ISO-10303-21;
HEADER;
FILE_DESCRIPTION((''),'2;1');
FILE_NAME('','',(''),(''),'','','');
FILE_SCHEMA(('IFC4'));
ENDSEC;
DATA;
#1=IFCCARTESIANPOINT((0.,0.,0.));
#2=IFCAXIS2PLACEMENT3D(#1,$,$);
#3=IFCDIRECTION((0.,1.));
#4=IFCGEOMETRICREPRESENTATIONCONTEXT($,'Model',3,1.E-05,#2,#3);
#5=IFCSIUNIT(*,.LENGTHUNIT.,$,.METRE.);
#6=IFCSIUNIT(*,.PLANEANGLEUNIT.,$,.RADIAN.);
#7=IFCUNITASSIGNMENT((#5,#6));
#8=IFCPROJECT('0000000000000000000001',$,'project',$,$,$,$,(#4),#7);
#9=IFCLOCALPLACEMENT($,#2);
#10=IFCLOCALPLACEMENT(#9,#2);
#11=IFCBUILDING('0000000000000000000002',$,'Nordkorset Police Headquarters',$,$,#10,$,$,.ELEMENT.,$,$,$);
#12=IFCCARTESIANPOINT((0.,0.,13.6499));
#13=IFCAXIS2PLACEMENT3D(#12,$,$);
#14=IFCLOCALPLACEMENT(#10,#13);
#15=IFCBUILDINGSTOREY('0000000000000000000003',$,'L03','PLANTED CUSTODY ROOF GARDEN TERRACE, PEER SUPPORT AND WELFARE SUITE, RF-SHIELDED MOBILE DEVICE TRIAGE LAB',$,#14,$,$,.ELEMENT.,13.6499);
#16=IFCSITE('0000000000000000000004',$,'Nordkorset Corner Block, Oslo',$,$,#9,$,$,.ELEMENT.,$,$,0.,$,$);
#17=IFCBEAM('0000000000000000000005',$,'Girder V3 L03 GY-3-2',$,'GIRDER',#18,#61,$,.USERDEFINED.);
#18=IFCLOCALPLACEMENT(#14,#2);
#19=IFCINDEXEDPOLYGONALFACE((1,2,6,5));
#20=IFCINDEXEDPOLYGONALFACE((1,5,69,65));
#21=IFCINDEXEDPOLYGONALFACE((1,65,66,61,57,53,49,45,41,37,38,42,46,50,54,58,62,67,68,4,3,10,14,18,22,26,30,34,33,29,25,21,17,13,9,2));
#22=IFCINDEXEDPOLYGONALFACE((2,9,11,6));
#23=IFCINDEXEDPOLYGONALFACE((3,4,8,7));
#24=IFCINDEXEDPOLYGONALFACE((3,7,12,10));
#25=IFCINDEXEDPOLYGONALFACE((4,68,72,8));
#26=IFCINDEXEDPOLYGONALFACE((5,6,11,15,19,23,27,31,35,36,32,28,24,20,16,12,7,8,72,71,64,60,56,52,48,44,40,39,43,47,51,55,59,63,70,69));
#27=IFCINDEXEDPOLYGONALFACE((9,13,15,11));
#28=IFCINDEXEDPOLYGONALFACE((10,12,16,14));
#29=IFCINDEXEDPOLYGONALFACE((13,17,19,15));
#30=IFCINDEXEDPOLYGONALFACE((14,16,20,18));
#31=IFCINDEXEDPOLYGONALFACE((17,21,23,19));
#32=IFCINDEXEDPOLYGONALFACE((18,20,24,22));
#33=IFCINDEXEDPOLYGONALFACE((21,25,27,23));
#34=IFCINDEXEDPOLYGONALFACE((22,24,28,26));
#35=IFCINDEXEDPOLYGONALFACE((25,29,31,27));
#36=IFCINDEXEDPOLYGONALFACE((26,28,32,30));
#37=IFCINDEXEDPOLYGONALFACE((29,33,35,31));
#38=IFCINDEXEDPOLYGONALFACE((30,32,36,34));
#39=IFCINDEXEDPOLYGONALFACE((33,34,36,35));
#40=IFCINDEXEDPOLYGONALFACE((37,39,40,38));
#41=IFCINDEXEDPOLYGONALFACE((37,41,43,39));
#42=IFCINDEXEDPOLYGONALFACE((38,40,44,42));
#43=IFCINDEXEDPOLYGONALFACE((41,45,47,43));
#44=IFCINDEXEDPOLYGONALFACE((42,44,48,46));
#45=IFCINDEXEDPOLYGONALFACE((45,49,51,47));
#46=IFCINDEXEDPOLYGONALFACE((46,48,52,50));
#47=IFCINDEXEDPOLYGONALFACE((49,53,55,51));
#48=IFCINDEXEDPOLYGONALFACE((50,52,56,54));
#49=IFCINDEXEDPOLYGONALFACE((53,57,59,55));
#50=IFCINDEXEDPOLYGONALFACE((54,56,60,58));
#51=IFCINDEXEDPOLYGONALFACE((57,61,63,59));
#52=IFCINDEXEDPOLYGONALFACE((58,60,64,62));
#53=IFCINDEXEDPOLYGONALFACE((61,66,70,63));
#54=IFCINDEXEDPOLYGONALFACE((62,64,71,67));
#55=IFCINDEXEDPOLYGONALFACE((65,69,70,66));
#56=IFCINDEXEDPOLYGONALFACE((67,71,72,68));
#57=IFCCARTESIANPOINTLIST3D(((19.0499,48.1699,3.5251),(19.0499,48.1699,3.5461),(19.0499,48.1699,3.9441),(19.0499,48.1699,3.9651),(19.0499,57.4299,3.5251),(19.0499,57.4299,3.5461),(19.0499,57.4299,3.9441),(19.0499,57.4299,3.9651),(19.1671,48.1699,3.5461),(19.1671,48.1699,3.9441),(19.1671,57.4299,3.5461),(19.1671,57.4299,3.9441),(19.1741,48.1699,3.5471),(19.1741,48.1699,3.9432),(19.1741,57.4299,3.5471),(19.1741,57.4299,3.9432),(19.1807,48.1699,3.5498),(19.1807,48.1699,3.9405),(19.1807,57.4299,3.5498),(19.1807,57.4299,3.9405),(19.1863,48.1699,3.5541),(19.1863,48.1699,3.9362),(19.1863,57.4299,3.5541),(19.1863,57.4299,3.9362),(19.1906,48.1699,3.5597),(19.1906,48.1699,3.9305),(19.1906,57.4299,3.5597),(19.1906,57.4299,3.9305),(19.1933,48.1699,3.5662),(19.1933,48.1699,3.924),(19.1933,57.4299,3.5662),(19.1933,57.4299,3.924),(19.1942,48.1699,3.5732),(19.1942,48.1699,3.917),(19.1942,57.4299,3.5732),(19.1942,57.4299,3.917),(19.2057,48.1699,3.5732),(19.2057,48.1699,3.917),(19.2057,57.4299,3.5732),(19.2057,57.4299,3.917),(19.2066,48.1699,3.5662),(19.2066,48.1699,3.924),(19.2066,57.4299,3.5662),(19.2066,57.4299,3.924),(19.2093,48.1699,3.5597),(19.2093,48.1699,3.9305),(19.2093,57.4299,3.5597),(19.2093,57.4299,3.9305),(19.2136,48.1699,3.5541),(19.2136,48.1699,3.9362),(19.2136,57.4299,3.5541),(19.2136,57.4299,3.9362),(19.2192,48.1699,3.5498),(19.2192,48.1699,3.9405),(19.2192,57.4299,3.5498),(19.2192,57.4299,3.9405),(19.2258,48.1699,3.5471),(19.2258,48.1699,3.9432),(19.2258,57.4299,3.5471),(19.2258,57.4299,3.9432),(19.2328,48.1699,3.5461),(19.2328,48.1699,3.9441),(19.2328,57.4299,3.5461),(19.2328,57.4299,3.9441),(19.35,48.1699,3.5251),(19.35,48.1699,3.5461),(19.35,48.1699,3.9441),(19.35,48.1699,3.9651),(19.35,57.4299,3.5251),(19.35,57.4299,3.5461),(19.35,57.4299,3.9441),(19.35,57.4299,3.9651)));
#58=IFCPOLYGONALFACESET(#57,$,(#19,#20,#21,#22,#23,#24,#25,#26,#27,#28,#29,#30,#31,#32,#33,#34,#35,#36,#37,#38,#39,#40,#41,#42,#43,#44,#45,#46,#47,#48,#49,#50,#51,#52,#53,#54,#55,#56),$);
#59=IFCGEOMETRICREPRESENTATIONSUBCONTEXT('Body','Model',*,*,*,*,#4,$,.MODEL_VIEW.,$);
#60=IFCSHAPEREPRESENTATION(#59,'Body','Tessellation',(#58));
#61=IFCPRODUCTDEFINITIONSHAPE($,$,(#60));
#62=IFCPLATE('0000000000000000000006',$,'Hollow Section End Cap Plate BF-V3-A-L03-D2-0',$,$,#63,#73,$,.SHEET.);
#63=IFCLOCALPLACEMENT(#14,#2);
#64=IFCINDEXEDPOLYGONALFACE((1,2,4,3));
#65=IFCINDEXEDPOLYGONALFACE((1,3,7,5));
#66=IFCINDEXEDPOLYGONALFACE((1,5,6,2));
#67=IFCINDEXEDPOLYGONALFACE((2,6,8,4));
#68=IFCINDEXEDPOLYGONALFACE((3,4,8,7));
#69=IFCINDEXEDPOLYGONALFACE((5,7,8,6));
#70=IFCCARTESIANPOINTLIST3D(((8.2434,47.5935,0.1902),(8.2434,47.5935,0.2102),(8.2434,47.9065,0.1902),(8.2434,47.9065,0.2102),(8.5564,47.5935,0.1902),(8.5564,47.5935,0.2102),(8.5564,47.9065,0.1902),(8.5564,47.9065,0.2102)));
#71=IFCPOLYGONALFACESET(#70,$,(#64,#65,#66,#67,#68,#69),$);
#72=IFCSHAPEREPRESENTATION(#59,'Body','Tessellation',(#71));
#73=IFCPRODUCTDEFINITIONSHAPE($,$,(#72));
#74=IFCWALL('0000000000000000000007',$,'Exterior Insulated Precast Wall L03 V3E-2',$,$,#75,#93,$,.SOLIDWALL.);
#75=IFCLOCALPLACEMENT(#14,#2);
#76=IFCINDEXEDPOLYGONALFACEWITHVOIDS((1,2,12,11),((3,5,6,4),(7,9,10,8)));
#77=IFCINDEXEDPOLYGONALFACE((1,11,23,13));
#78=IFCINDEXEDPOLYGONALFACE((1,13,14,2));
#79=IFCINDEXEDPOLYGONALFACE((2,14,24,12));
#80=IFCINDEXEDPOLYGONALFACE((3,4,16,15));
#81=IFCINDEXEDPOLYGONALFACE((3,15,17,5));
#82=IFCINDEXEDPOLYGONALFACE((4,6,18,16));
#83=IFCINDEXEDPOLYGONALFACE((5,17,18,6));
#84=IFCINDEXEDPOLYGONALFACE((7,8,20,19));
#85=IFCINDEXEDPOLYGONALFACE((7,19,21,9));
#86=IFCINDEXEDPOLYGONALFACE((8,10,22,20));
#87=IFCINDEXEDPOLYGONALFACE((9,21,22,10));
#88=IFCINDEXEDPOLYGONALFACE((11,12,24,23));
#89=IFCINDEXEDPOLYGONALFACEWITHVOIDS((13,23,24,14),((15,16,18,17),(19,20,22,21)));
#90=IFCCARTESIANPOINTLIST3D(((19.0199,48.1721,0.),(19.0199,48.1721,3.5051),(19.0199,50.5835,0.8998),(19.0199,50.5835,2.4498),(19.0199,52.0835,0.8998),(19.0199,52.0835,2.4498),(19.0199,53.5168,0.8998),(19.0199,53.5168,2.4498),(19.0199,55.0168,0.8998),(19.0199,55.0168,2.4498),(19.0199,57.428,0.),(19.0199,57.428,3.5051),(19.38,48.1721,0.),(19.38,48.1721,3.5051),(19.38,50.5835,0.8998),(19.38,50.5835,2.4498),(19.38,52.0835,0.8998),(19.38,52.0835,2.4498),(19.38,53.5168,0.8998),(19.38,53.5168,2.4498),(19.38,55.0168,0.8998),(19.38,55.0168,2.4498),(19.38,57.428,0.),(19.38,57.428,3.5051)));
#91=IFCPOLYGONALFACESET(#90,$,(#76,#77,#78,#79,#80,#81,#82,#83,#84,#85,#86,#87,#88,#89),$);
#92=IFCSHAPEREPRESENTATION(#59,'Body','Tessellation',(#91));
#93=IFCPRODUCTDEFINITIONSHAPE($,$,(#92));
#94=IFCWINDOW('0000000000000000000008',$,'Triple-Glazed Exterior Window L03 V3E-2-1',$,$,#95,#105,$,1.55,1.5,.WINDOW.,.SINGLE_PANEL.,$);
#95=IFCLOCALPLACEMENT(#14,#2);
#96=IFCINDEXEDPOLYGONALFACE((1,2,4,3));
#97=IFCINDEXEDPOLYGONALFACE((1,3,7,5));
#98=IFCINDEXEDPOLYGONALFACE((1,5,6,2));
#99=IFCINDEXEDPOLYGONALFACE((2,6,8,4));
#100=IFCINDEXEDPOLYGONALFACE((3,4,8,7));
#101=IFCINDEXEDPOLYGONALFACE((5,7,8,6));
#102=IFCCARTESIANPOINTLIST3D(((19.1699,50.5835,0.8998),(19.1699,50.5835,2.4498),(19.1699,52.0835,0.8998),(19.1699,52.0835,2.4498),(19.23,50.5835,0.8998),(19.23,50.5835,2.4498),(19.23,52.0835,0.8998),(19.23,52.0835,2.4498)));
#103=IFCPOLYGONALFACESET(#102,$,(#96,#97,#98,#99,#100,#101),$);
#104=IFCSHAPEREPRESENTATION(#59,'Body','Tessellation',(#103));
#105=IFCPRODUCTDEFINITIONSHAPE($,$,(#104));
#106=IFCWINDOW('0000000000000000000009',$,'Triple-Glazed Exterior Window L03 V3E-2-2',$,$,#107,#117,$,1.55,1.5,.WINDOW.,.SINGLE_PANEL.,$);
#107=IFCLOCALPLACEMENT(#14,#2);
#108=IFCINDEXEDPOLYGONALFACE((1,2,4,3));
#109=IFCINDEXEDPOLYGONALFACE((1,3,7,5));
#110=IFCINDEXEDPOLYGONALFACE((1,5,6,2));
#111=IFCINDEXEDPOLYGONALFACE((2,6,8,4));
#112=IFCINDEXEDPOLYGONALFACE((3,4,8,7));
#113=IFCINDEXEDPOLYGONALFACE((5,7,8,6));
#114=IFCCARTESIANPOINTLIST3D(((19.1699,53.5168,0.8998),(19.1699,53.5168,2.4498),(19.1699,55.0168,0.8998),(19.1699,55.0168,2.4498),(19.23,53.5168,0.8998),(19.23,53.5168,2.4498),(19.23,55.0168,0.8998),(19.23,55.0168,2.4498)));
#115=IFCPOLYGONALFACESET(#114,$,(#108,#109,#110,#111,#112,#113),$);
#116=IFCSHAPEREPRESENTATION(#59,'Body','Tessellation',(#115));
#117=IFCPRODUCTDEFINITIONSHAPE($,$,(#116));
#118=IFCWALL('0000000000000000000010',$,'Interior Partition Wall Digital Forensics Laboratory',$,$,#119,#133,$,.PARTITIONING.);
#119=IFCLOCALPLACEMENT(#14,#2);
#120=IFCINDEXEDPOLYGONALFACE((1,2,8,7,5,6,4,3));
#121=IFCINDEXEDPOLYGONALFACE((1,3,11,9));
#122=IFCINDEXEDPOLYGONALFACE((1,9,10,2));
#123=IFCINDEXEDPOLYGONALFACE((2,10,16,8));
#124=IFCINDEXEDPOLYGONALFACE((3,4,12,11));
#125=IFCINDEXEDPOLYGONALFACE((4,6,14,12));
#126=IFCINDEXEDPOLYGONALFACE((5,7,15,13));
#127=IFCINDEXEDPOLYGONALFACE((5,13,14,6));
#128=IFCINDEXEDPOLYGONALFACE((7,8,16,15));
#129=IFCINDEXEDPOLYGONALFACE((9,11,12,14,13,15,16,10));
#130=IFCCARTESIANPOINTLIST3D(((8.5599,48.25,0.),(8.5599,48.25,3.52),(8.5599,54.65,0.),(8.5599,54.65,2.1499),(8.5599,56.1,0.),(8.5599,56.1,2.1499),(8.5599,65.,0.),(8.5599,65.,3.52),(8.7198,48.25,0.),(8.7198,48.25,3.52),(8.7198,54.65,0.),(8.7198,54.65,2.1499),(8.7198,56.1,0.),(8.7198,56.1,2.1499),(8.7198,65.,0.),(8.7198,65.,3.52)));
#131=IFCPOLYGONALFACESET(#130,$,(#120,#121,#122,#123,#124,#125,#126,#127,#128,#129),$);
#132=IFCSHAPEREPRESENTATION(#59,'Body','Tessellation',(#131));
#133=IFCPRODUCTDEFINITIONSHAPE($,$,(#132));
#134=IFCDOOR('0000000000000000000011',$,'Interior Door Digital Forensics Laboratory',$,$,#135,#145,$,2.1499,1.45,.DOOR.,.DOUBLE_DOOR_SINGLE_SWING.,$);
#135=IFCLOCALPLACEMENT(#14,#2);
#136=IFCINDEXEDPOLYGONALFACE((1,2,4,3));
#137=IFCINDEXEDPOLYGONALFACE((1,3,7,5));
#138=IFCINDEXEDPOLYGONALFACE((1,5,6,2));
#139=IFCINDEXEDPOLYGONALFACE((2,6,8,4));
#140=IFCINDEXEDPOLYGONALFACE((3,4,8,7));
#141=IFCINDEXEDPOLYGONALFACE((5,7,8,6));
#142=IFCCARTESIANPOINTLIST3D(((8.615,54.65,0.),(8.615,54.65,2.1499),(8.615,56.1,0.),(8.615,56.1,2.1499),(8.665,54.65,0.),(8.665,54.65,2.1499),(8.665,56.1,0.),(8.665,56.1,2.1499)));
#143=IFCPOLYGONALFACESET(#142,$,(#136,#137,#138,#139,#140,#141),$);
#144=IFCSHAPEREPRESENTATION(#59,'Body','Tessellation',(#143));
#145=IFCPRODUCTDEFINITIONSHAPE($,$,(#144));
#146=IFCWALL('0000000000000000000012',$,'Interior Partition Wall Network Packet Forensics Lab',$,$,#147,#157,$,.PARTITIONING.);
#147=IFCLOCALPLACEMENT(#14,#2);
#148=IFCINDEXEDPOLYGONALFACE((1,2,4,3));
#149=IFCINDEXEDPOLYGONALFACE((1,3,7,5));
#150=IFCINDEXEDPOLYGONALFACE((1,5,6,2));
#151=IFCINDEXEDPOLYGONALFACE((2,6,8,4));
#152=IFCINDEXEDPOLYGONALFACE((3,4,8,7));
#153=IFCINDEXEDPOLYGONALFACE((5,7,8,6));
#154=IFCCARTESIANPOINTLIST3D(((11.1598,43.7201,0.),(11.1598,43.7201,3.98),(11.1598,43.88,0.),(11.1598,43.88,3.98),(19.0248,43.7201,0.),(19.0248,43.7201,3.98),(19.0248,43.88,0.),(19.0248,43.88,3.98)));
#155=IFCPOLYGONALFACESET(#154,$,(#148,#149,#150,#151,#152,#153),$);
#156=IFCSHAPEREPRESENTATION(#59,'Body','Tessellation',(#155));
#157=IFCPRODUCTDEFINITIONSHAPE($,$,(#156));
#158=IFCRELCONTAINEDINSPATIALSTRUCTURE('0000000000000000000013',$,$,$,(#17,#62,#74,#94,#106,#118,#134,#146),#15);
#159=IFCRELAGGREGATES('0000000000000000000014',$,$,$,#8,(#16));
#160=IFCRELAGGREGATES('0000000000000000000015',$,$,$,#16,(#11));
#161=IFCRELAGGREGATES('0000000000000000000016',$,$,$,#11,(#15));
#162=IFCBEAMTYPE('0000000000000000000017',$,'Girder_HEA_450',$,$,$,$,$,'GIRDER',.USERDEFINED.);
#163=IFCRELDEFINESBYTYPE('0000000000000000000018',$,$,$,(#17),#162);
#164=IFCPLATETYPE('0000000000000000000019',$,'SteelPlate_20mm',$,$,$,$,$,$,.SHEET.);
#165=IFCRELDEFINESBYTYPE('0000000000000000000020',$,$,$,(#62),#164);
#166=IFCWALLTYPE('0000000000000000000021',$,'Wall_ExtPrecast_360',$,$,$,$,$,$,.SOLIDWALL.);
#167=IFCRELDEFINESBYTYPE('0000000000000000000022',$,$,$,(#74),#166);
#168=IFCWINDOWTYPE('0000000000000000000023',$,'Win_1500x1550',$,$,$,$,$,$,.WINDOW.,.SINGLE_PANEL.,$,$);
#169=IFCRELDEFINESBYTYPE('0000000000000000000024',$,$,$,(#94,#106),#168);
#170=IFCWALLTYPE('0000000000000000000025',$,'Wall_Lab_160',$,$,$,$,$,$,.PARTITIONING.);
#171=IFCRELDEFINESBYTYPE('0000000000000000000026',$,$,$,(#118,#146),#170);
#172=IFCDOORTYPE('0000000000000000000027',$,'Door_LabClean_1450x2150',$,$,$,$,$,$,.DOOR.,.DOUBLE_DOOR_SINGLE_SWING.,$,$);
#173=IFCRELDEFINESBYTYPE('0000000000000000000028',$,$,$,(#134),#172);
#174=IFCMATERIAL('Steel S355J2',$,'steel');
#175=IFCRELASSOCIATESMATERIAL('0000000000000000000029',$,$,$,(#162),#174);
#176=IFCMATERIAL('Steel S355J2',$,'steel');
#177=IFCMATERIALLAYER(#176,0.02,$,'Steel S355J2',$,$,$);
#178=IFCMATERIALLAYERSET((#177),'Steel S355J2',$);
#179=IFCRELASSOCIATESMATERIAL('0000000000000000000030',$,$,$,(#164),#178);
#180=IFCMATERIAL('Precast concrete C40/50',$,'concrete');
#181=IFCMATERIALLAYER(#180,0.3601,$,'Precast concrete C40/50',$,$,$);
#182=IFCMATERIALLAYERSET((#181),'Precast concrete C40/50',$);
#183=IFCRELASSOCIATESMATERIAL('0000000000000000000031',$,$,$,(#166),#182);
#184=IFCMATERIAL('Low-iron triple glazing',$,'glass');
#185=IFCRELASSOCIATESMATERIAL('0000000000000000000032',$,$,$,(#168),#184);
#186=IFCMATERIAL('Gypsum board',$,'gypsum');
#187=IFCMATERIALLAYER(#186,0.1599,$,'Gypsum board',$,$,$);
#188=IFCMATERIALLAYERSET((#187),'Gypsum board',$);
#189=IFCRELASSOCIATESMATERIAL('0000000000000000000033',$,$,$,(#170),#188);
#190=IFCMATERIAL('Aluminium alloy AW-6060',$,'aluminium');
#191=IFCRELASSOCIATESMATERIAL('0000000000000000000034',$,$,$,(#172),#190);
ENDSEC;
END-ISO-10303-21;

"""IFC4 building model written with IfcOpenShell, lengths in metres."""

from ifc_helpers import new_model, si_unit, direction, frame, frame_2d, origin, origin_2d, place, context, subcontext, project, spatial, rectangle, i_section, extrude, material, layer, layer_set, material_profile, profile_set, type_object, element, fill, save


model = new_model("IFC4")

# Units and contexts
model_context = context("Model", 3, precision=1e-05, world=origin(), true_north=direction((0.0, 1.0)))
body_context = subcontext(model_context, "Body", "Model", "MODEL_VIEW")
ifc_project = project(units=[si_unit("LENGTHUNIT", "METRE"), si_unit("PLANEANGLEUNIT", "RADIAN")], contexts=[model_context])

# Site, building, storey
site_placement = place(None, origin())
site = spatial("IfcSite", under=ifc_project, at=site_placement, Name="Nordkorset Corner Block, Oslo", CompositionType="ELEMENT", RefElevation=0.0)
building_placement = place(site_placement, origin())
building = spatial("IfcBuilding", under=site, at=building_placement, Name="Nordkorset Police Headquarters", CompositionType="ELEMENT")
storey_placement = place(building_placement, frame((0.0, 0.0, 13.6499)))
storey = spatial("IfcBuildingStorey", under=building, at=storey_placement, Name="L03", Description="PLANTED CUSTODY ROOF GARDEN TERRACE, PEER SUPPORT AND WELFARE SUITE, RF-SHIELDED MOBILE DEVICE TRIAGE LAB", CompositionType="ELEMENT", Elevation=13.6499)

# Beam
ifc_material_1 = material(Name="Steel S355J2", Category="steel")
ifc_material_profile_1 = material_profile(ifc_material_1, i_section(OverallWidth=0.3, OverallDepth=0.4399, WebThickness=0.0115, FlangeThickness=0.021, FilletRadius=0.0271, at=origin_2d()), Name="HEA 450")
ifc_profile_set_1 = profile_set([ifc_material_profile_1], Name="Steel S355J2")
beam_type_1 = type_object("IfcBeamType", Name="Girder_HEA_450", ElementType="GIRDER", PredefinedType="USERDEFINED", material=ifc_profile_set_1)
beam_1_placement = place(storey_placement, frame((19.2, 48.1699, 3.7451), z_axis=(0.0, 1.0, 0.0), x_axis=(-1.0, 0.0, 0.0)))
element("IfcBeam", 1, at=beam_1_placement, inside=storey, type_object=beam_type_1, Name="Girder V3 L03 GY-3-2", ObjectType="GIRDER", PredefinedType="USERDEFINED", context=body_context, shape_type="SweptSolid", body=[
    extrude(i_section(OverallWidth=0.3, OverallDepth=0.4399, WebThickness=0.0115, FlangeThickness=0.021, FilletRadius=0.0271, at=origin_2d()), origin(), (0.0, 0.0, 1.0), 9.26),
])

# Plate
ifc_material_2 = material(Name="Steel S355J2", Category="steel")
ifc_layer_1 = layer(ifc_material_2, 0.02, Name="Steel S355J2")
ifc_layer_set_1 = layer_set([ifc_layer_1], Name="Steel S355J2")
plate_type = type_object("IfcPlateType", Name="SteelPlate_20mm", PredefinedType="SHEET", material=ifc_layer_set_1)
plate_placement = place(storey_placement, frame((8.3999, 47.75, 0.1902), z_axis=(0.0, 0.0, 1.0), x_axis=(1.0, 0.0, 0.0)))
element("IfcPlate", 2, at=plate_placement, inside=storey, type_object=plate_type, Name="Hollow Section End Cap Plate BF-V3-A-L03-D2-0", PredefinedType="SHEET", context=body_context, shape_type="SweptSolid", body=[
    extrude(rectangle(XDim=0.313, YDim=0.313, at=origin_2d()), origin(), (0.0, 0.0, 1.0), 0.02),
])

# Wall, openings, windows
ifc_material_3 = material(Name="Precast concrete C40/50", Category="concrete")
ifc_layer_2 = layer(ifc_material_3, 0.3601, Name="Precast concrete C40/50")
ifc_layer_set_2 = layer_set([ifc_layer_2], Name="Precast concrete C40/50")
wall_type_1 = type_object("IfcWallType", Name="Wall_ExtPrecast_360", PredefinedType="SOLIDWALL", material=ifc_layer_set_2)
wall_1_placement = place(storey_placement, frame((19.2, 48.1721, 0.0), z_axis=(0.0, 0.0, 1.0), x_axis=(0.0, 1.0, 0.0)))
wall_1 = element("IfcWall", 3, at=wall_1_placement, inside=storey, type_object=wall_type_1, Name="Exterior Insulated Precast Wall L03 V3E-2", PredefinedType="SOLIDWALL", context=body_context, shape_type="SweptSolid", body=[
    extrude(rectangle(XDim=9.2559, YDim=0.3601, at=frame_2d((4.6279, 0.0))), origin(), (0.0, 0.0, 1.0), 3.5051),
])
opening_1_placement = place(wall_1_placement, frame((2.4114, 0.0, 0.8999)))
opening_1 = element("IfcOpeningElement", 4, at=opening_1_placement, cuts=wall_1, PredefinedType="OPENING", context=body_context, shape_type="SweptSolid", body=[
    extrude(rectangle(XDim=1.5, YDim=1.55, at=frame_2d((0.75, 0.7749))), frame((0.0, 0.1899, 0.0), z_axis=(0.0, -1.0, 0.0), x_axis=(1.0, 0.0, 0.0)), (0.0, 0.0, 1.0), 0.3801),
])
opening_2_placement = place(wall_1_placement, frame((5.3447, 0.0, 0.8999)))
opening_2 = element("IfcOpeningElement", 5, at=opening_2_placement, cuts=wall_1, PredefinedType="OPENING", context=body_context, shape_type="SweptSolid", body=[
    extrude(rectangle(XDim=1.5, YDim=1.55, at=frame_2d((0.75, 0.7749))), frame((0.0, 0.1899, 0.0), z_axis=(0.0, -1.0, 0.0), x_axis=(1.0, 0.0, 0.0)), (0.0, 0.0, 1.0), 0.3801),
])
ifc_material_4 = material(Name="Low-iron triple glazing", Category="glass")
window_type = type_object("IfcWindowType", Name="Win_1500x1550", PartitioningType="SINGLE_PANEL", PredefinedType="WINDOW", material=ifc_material_4)
window_1_placement = place(opening_1_placement, origin())
window_1 = element("IfcWindow", 6, at=window_1_placement, inside=storey, type_object=window_type, Name="Triple-Glazed Exterior Window L03 V3E-2-1", OverallHeight=1.55, OverallWidth=1.5, PartitioningType="SINGLE_PANEL", PredefinedType="WINDOW", context=body_context, shape_type="SweptSolid", body=[
    extrude(rectangle(XDim=1.5, YDim=1.55, at=frame_2d((0.75, 0.7749))), frame((0.0, 0.03, 0.0), z_axis=(0.0, -1.0, 0.0), x_axis=(1.0, 0.0, 0.0)), (0.0, 0.0, 1.0), 0.0601),
])
fill(opening_1, window_1)
window_2_placement = place(opening_2_placement, origin())
window_2 = element("IfcWindow", 7, at=window_2_placement, inside=storey, type_object=window_type, Name="Triple-Glazed Exterior Window L03 V3E-2-2", OverallHeight=1.55, OverallWidth=1.5, PartitioningType="SINGLE_PANEL", PredefinedType="WINDOW", context=body_context, shape_type="SweptSolid", body=[
    extrude(rectangle(XDim=1.5, YDim=1.55, at=frame_2d((0.75, 0.7749))), frame((0.0, 0.03, 0.0), z_axis=(0.0, -1.0, 0.0), x_axis=(1.0, 0.0, 0.0)), (0.0, 0.0, 1.0), 0.0601),
])
fill(opening_2, window_2)

# Wall, opening, door
ifc_material_5 = material(Name="Gypsum board", Category="gypsum")
ifc_layer_3 = layer(ifc_material_5, 0.1599, Name="Gypsum board")
ifc_layer_set_3 = layer_set([ifc_layer_3], Name="Gypsum board")
wall_type_2 = type_object("IfcWallType", Name="Wall_Lab_160", PredefinedType="PARTITIONING", material=ifc_layer_set_3)
wall_2_placement = place(storey_placement, frame((8.6399, 48.25, 0.0), z_axis=(0.0, 0.0, 1.0), x_axis=(0.0, 1.0, 0.0)))
wall_2 = element("IfcWall", 8, at=wall_2_placement, inside=storey, type_object=wall_type_2, Name="Interior Partition Wall Digital Forensics Laboratory", PredefinedType="PARTITIONING", context=body_context, shape_type="SweptSolid", body=[
    extrude(rectangle(XDim=16.75, YDim=0.1599, at=frame_2d((8.375, 0.0))), origin(), (0.0, 0.0, 1.0), 3.52),
])
opening_3_placement = place(wall_2_placement, frame((6.3999, 0.0, 0.0)))
opening_3 = element("IfcOpeningElement", 9, at=opening_3_placement, cuts=wall_2, PredefinedType="OPENING", context=body_context, shape_type="SweptSolid", body=[
    extrude(rectangle(XDim=1.45, YDim=2.1499, at=frame_2d((0.7251, 1.075))), frame((0.0, 0.0898, 0.0), z_axis=(0.0, -1.0, 0.0), x_axis=(1.0, 0.0, 0.0)), (0.0, 0.0, 1.0), 0.1799),
])
ifc_material_6 = material(Name="Aluminium alloy AW-6060", Category="aluminium")
door_type = type_object("IfcDoorType", Name="Door_LabClean_1450x2150", OperationType="DOUBLE_DOOR_SINGLE_SWING", PredefinedType="DOOR", material=ifc_material_6)
door_1_placement = place(opening_3_placement, origin())
door_1 = element("IfcDoor", 10, at=door_1_placement, inside=storey, type_object=door_type, Name="Interior Door Digital Forensics Laboratory", OperationType="DOUBLE_DOOR_SINGLE_SWING", OverallHeight=2.1499, OverallWidth=1.45, PredefinedType="DOOR", context=body_context, shape_type="SweptSolid", body=[
    extrude(rectangle(XDim=1.45, YDim=2.1499, at=frame_2d((0.7251, 1.075))), frame((0.0, 0.0249, 0.0), z_axis=(0.0, -1.0, 0.0), x_axis=(1.0, 0.0, 0.0)), (0.0, 0.0, 1.0), 0.05),
])
fill(opening_3, door_1)

# Wall
wall_3_placement = place(storey_placement, frame((19.0249, 43.8, 0.0), z_axis=(0.0, 0.0, 1.0), x_axis=(-1.0, 0.0, 0.0)))
element("IfcWall", 11, at=wall_3_placement, inside=storey, type_object=wall_type_2, Name="Interior Partition Wall Network Packet Forensics Lab", PredefinedType="PARTITIONING", context=body_context, shape_type="SweptSolid", body=[
    extrude(rectangle(XDim=7.865, YDim=0.1599, at=frame_2d((3.9326, 0.0))), origin(), (0.0, 0.0, 1.0), 3.98),
])

save(model, "model.ifc")
